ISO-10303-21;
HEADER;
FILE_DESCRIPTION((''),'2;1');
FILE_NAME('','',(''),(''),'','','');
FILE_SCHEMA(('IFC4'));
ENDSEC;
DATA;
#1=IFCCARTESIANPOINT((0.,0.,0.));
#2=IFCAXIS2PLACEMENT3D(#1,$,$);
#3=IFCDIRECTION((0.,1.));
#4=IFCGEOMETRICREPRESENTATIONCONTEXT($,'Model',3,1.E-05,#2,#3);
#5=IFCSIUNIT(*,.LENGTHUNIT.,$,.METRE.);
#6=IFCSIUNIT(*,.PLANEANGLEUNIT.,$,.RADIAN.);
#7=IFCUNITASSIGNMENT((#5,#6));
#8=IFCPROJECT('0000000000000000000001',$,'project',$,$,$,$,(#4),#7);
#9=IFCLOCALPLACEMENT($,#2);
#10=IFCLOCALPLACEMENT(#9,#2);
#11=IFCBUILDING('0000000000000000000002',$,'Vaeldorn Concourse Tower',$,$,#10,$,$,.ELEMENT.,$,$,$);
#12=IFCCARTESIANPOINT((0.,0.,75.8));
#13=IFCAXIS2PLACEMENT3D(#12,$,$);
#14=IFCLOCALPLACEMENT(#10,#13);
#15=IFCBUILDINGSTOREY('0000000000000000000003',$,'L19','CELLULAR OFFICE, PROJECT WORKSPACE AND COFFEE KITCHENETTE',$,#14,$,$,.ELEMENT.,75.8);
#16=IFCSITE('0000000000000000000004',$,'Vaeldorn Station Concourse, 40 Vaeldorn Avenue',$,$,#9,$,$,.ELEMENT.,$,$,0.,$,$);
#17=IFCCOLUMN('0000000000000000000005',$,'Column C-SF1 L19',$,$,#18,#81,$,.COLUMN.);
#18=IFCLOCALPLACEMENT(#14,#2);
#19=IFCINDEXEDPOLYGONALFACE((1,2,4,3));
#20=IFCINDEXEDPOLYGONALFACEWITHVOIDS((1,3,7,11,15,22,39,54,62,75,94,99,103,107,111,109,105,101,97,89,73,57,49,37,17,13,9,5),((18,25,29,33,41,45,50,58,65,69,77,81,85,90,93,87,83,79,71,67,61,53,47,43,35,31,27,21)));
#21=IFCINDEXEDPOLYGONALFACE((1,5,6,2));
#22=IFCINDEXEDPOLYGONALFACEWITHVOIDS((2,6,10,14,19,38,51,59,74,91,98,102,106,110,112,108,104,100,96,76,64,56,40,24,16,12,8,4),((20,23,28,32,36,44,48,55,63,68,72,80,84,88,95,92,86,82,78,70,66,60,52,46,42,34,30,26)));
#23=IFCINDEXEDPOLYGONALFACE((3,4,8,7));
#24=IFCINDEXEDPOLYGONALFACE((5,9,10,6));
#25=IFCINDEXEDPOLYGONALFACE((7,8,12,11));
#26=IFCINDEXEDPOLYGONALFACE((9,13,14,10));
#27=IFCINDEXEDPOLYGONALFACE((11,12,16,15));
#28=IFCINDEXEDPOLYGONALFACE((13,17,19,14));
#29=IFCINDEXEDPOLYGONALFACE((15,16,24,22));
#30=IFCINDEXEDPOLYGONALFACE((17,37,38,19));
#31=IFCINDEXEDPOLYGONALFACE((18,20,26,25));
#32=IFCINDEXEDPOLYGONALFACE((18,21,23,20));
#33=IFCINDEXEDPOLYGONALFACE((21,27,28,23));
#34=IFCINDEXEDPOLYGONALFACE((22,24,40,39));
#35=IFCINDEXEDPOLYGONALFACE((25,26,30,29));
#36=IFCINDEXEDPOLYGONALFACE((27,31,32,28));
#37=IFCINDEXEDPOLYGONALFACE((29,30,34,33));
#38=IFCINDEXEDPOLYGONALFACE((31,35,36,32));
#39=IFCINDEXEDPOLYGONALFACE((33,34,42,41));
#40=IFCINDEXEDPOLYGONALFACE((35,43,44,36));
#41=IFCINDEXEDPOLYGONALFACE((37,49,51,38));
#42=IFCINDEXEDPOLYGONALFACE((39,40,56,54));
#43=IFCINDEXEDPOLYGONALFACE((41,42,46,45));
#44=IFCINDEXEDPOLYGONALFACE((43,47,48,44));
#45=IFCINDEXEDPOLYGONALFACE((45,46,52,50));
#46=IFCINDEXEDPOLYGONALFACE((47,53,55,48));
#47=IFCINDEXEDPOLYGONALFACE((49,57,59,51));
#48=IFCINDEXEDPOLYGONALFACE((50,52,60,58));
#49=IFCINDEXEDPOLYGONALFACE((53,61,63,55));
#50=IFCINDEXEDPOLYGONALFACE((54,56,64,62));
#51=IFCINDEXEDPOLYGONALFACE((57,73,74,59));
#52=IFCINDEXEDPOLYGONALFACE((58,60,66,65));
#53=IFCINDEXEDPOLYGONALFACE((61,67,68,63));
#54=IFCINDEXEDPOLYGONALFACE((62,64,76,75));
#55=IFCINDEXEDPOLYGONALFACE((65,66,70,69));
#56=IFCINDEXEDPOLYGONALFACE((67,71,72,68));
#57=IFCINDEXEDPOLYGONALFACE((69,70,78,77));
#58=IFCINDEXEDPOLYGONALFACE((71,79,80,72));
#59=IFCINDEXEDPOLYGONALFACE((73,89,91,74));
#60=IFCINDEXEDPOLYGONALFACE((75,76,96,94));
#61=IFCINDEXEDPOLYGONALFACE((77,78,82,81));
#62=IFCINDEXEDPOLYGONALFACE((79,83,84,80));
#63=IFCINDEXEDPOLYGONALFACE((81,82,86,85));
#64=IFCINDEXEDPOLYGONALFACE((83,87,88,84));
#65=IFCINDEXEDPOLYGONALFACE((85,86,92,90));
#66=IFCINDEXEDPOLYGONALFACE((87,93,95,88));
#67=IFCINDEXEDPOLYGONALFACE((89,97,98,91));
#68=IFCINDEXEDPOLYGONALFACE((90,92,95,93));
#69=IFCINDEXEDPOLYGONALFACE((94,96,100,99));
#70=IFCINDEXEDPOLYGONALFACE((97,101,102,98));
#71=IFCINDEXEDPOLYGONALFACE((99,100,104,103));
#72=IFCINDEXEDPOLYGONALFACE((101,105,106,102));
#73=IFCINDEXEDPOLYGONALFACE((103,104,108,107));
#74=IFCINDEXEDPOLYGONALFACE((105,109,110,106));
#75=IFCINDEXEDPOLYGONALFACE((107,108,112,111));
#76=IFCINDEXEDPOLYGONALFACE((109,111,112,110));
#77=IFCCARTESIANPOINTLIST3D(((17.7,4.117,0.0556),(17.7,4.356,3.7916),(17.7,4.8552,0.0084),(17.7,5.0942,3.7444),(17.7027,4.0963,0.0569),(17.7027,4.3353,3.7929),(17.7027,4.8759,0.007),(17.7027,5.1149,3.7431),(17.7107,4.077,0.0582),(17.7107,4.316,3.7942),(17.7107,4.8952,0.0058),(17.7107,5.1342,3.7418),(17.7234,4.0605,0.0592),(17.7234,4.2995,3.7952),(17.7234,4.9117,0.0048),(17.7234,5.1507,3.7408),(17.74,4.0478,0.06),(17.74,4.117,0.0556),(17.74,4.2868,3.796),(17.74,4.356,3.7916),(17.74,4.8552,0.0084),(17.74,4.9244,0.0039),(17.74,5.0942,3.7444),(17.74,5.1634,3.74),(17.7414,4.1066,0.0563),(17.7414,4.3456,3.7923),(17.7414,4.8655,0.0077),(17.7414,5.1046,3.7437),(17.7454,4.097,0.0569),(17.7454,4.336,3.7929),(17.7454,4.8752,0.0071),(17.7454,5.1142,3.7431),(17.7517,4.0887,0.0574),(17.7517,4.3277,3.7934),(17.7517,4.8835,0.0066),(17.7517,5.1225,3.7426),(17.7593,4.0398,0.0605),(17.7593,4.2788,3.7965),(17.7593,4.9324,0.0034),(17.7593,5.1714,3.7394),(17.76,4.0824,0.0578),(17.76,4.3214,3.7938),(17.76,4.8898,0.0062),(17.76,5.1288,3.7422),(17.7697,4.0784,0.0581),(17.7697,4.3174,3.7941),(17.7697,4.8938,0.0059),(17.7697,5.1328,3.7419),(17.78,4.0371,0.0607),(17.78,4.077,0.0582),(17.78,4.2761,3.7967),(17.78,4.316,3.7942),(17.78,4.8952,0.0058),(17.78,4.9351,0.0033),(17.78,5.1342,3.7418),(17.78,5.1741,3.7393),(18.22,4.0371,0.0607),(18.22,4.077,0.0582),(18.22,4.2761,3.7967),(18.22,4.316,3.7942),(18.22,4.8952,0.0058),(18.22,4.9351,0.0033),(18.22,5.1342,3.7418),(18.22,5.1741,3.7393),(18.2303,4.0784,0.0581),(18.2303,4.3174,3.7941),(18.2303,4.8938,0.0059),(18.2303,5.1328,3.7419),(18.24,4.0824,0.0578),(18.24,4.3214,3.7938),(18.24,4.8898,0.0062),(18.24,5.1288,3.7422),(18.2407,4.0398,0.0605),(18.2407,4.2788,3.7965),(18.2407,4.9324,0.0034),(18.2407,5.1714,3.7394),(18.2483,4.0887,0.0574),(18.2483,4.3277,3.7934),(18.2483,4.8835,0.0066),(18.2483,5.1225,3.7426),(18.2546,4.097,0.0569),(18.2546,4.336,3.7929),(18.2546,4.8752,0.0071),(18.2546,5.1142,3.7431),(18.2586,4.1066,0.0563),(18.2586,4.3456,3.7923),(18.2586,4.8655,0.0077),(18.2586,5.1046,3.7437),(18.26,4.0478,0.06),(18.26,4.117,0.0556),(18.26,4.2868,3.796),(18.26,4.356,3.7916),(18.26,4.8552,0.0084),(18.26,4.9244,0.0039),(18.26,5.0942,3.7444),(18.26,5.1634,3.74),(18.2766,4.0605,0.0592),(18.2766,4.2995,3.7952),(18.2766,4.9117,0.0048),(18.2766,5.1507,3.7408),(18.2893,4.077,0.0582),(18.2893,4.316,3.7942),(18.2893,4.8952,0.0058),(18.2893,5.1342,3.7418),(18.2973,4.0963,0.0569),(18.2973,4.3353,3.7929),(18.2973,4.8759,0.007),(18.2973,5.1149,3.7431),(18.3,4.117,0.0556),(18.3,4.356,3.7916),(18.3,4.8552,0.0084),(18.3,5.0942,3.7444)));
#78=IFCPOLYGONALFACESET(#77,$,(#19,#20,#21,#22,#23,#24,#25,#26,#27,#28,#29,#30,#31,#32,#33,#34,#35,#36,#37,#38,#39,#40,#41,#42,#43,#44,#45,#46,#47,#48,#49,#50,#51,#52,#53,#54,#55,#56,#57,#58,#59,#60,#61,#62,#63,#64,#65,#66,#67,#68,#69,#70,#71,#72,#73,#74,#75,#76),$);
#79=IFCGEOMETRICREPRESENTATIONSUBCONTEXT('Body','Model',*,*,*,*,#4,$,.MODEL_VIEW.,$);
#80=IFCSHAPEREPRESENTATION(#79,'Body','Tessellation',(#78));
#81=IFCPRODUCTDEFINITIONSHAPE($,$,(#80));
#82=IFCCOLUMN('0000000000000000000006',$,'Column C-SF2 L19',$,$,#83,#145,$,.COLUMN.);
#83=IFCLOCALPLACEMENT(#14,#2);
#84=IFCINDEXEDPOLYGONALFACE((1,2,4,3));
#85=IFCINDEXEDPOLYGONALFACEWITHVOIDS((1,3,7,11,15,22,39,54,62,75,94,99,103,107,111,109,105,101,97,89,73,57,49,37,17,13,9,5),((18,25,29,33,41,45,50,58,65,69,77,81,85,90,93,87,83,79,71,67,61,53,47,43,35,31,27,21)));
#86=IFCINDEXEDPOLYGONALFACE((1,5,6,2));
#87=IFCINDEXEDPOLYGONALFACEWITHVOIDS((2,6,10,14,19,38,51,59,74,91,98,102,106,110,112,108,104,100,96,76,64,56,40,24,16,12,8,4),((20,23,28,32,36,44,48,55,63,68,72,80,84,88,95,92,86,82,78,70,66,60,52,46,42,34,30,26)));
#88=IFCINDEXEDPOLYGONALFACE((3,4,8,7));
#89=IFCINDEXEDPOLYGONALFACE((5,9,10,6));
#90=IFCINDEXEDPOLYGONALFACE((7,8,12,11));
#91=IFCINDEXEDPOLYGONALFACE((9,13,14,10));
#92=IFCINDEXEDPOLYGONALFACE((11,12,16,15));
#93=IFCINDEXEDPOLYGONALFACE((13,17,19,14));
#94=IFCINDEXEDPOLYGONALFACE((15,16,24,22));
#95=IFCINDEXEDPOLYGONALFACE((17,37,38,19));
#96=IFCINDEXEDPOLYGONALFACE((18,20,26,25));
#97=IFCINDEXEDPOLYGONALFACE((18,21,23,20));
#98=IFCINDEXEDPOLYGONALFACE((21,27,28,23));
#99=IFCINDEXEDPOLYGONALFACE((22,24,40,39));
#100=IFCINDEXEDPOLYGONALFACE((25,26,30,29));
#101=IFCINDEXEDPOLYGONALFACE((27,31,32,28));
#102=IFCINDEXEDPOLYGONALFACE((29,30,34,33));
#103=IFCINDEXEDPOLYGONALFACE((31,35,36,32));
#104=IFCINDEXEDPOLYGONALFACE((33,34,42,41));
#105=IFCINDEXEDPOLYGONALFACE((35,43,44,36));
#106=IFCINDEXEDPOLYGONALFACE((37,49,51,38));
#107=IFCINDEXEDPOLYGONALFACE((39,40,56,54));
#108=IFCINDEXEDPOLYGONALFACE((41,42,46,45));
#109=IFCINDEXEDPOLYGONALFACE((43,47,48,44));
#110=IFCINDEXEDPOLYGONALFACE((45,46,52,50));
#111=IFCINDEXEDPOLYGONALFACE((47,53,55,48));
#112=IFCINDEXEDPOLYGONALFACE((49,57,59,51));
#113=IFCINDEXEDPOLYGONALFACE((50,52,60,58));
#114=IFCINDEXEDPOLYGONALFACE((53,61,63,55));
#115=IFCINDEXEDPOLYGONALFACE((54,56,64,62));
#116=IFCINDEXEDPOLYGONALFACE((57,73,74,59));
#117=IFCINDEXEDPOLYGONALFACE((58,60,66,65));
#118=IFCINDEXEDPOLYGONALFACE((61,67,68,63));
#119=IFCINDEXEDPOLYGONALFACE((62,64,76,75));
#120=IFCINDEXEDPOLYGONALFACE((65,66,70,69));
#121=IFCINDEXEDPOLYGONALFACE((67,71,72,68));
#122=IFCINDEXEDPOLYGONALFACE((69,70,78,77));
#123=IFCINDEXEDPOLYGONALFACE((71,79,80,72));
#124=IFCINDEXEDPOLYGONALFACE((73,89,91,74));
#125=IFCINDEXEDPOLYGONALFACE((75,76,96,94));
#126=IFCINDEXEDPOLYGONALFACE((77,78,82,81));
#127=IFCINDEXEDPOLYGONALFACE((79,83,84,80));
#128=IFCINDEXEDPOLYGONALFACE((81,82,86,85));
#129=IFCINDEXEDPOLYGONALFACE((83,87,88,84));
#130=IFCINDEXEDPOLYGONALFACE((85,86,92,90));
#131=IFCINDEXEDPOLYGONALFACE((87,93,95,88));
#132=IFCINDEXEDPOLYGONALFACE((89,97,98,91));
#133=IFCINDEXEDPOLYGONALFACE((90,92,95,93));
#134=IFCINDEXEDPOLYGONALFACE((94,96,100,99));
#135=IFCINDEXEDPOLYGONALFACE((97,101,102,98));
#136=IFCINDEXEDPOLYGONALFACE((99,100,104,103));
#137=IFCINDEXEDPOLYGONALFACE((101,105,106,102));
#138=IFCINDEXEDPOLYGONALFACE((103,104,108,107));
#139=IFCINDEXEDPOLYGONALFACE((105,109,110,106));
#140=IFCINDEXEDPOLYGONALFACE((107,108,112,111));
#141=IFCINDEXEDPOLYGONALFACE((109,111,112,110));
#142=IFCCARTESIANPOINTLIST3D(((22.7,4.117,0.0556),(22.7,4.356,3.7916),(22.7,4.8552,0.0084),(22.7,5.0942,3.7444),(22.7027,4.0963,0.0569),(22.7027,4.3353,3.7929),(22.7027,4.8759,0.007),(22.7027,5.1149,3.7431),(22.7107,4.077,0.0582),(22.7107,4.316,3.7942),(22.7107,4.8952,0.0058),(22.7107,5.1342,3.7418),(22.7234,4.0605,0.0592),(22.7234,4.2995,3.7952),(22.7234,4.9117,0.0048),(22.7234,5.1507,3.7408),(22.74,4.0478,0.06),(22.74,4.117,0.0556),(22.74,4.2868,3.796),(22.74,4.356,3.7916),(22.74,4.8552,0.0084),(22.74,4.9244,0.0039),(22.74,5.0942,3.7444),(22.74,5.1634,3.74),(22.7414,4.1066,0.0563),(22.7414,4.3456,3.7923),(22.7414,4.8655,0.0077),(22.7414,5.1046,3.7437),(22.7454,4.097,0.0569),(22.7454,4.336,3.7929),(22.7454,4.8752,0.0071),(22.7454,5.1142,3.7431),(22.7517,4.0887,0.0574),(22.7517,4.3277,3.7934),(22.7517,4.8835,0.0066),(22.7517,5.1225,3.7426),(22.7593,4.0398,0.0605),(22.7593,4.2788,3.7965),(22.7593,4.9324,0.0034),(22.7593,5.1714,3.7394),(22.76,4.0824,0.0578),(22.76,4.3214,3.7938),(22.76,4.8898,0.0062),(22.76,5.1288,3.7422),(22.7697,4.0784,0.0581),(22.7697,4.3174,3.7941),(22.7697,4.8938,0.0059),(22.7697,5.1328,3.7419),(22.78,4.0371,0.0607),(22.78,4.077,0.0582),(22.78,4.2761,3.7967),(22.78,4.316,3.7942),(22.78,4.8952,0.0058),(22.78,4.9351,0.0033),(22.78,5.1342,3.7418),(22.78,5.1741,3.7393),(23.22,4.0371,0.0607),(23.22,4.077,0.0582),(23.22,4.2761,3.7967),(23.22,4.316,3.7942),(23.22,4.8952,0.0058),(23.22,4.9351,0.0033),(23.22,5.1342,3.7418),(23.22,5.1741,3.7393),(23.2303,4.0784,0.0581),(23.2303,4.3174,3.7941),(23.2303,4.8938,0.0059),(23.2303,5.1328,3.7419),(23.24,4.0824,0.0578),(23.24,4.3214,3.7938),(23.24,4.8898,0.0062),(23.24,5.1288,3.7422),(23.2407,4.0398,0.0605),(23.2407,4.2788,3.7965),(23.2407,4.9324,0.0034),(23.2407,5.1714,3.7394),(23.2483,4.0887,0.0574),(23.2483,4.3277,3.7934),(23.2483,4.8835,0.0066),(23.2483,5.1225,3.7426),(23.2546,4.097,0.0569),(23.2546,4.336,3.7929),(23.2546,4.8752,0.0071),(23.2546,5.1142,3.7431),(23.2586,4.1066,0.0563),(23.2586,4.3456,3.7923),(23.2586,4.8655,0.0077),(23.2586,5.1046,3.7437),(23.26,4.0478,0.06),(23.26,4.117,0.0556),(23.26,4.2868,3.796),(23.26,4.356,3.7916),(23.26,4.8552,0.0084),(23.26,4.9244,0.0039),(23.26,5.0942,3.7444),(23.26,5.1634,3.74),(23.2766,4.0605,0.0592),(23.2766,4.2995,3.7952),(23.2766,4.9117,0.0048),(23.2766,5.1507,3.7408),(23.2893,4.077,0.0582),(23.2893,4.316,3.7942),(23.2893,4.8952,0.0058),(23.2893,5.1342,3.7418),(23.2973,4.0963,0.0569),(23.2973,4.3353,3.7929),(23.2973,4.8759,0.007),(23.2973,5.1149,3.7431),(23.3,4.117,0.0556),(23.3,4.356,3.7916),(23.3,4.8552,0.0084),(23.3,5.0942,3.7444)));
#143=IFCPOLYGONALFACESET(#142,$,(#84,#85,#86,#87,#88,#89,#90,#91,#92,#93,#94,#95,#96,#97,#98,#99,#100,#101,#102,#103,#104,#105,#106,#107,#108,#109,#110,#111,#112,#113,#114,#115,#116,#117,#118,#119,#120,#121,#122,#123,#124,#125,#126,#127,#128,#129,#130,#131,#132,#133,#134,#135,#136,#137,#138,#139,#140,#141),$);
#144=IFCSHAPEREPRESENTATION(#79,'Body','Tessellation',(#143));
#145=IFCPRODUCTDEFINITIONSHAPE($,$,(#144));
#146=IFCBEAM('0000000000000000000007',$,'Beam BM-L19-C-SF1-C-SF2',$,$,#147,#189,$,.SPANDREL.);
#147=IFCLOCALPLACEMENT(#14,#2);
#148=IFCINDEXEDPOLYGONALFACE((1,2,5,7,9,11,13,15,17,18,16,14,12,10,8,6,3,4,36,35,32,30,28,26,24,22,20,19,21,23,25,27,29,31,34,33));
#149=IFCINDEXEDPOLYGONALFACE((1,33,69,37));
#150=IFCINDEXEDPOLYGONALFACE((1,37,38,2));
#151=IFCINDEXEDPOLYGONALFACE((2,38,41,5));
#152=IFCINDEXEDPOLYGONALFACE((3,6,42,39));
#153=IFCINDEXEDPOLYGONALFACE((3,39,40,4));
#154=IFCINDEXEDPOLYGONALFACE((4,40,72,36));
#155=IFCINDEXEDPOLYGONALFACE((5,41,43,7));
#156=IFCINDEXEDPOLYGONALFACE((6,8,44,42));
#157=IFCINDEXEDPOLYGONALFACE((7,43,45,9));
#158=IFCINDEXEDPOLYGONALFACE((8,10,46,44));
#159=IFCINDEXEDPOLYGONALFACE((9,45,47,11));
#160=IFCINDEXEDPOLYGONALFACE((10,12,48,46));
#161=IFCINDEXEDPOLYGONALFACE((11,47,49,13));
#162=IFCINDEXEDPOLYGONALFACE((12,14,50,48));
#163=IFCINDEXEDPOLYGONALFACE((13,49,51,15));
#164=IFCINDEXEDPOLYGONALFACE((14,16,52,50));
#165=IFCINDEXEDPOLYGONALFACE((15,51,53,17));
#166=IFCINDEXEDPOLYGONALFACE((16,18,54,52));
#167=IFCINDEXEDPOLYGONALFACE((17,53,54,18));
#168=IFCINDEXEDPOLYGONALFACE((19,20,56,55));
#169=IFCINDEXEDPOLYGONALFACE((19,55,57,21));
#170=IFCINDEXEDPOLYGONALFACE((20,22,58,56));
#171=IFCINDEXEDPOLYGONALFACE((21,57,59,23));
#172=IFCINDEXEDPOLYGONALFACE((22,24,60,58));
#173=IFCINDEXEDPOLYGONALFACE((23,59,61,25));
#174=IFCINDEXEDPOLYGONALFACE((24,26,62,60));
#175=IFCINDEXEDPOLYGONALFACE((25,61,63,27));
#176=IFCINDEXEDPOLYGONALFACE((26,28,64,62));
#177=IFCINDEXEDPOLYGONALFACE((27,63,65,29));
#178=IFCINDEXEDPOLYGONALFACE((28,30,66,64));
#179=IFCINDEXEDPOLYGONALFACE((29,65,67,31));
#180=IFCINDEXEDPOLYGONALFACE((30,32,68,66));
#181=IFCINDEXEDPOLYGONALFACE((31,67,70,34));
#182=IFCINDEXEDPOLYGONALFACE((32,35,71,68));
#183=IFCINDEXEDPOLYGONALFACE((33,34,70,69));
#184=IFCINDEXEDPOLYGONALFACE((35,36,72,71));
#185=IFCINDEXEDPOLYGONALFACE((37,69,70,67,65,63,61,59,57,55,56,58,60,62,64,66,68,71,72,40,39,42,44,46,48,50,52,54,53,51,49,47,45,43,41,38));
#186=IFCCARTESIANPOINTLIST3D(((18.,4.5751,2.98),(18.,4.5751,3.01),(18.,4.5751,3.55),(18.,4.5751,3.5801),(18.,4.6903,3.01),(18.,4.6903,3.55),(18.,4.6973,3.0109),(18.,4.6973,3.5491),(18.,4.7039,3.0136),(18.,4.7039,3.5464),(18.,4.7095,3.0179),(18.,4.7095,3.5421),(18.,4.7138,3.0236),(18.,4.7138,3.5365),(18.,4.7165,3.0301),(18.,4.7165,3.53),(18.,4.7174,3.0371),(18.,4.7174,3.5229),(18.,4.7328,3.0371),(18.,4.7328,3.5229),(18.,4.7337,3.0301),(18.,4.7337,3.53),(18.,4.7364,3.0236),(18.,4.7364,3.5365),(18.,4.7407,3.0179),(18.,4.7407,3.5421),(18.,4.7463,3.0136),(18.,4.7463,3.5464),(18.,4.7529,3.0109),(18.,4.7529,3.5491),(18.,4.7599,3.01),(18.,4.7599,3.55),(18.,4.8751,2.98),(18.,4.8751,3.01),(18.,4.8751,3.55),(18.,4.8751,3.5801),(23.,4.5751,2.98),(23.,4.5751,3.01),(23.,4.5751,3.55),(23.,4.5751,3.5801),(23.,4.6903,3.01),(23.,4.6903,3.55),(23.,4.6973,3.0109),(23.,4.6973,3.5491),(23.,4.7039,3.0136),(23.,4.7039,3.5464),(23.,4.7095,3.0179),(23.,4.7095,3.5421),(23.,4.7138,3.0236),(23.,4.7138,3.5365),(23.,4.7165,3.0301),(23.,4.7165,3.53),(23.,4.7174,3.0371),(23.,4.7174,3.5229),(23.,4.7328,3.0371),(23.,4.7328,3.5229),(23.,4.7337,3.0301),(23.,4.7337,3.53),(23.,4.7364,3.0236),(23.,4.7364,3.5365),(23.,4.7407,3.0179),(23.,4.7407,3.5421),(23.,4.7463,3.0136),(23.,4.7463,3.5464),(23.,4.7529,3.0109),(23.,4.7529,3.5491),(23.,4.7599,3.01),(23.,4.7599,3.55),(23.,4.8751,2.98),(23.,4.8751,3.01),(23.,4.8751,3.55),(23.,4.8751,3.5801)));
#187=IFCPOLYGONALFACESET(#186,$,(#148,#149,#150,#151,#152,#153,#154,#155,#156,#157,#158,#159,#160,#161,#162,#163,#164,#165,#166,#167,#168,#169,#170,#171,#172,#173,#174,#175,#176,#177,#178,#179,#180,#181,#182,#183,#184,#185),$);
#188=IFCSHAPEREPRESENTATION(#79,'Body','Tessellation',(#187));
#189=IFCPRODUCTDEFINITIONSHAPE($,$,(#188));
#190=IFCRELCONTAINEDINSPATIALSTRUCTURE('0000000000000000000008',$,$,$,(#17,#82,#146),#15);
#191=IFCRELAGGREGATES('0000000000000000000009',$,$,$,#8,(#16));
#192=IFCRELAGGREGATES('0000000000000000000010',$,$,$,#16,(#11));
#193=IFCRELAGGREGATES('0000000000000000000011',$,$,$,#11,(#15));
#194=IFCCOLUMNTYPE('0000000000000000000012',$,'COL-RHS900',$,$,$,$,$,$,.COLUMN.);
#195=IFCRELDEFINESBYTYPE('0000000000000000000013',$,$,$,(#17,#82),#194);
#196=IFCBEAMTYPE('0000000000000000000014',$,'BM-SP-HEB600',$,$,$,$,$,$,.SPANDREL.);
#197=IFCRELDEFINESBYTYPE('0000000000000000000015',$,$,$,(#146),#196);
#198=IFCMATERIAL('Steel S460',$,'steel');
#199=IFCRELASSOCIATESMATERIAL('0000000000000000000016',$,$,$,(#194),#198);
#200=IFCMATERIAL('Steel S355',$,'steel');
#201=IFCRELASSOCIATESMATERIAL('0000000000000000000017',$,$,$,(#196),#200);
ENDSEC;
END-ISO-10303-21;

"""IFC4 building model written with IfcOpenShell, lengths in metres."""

from ifc_helpers import new_model, si_unit, direction, frame, origin, origin_2d, place, context, subcontext, project, spatial, hollow_rectangle, i_section, extrude, source, transform, mapped, material, material_profile, profile_set, type_object, element, save


model = new_model("IFC4")

# Units and contexts
model_context = context("Model", 3, precision=1e-05, world=origin(), true_north=direction((0.0, 1.0)))
body_context = subcontext(model_context, "Body", "Model", "MODEL_VIEW")
ifc_project = project(units=[si_unit("LENGTHUNIT", "METRE"), si_unit("PLANEANGLEUNIT", "RADIAN")], contexts=[model_context])

# Site, building, storey
site_placement = place(None, origin())
site = spatial("IfcSite", under=ifc_project, at=site_placement, Name="Vaeldorn Station Concourse, 40 Vaeldorn Avenue", CompositionType="ELEMENT", RefElevation=0.0)
building_placement = place(site_placement, origin())
building = spatial("IfcBuilding", under=site, at=building_placement, Name="Vaeldorn Concourse Tower", CompositionType="ELEMENT")
storey_placement = place(building_placement, frame((0.0, 0.0, 75.8)))
storey = spatial("IfcBuildingStorey", under=building, at=storey_placement, Name="L19", Description="CELLULAR OFFICE, PROJECT WORKSPACE AND COFFEE KITCHENETTE", CompositionType="ELEMENT", Elevation=75.8)

# Columns
ifc_material_1 = material(Name="Steel S460", Category="steel")
ifc_material_profile_1 = material_profile(ifc_material_1, hollow_rectangle(XDim=0.6001, YDim=0.8999, WallThickness=0.04, InnerFilletRadius=0.04, OuterFilletRadius=0.0801, at=origin_2d()), Name="RHS 900x600x40")
ifc_profile_set_1 = profile_set([ifc_material_profile_1], Name="Steel S460")
column_type = type_object("IfcColumnType", Name="COL-RHS900", PredefinedType="COLUMN", material=ifc_profile_set_1)
shared_shape_1 = source(origin(), body_context, "Body", "SweptSolid", [
    extrude(hollow_rectangle(XDim=0.6001, YDim=0.8999, WallThickness=0.04, InnerFilletRadius=0.04, OuterFilletRadius=0.0801, at=origin_2d()), origin(), (0.0, 0.0, 1.0), 3.7437),
])
for number, where, z_axis, x_axis, name in (
    (1, (18.0, 4.4861, 0.032), (0.0, 0.063844, 0.99796), (-1.0, 0.0, 0.0), "Column C-SF1 L19"),
    (2, (23.0, 4.4861, 0.032), (0.0, 0.063844, 0.99796), (-1.0, 0.0, 0.0), "Column C-SF2 L19"),
):
    element("IfcColumn", number, at=place(storey_placement, frame(where, z_axis=z_axis, x_axis=x_axis)), inside=storey, type_object=column_type, Name=name, PredefinedType="COLUMN", context=body_context, shape_type="MappedRepresentation", body=[
        mapped(shared_shape_1, transform((0.0, 0.0, 0.0), scale=1.0)),
    ])

# Beam
ifc_material_2 = material(Name="Steel S355", Category="steel")
ifc_material_profile_2 = material_profile(ifc_material_2, i_section(OverallWidth=0.3, OverallDepth=0.6001, WebThickness=0.0154, FlangeThickness=0.03, FilletRadius=0.0271, at=origin_2d()), Name="HEB 600")
ifc_profile_set_2 = profile_set([ifc_material_profile_2], Name="Steel S355")
beam_type_1 = type_object("IfcBeamType", Name="BM-SP-HEB600", PredefinedType="SPANDREL", material=ifc_profile_set_2)
shared_shape_2 = source(origin(), body_context, "Body", "SweptSolid", [
    extrude(i_section(OverallWidth=0.3, OverallDepth=0.6001, WebThickness=0.0154, FlangeThickness=0.03, FilletRadius=0.0271, at=origin_2d()), origin(), (0.0, 0.0, 1.0), 5.0),
])
beam_1_placement = place(storey_placement, frame((18.0, 4.7251, 3.28), z_axis=(1.0, 0.0, 0.0), x_axis=(0.0, 1.0, 0.0)))
element("IfcBeam", 3, at=beam_1_placement, inside=storey, type_object=beam_type_1, Name="Beam BM-L19-C-SF1-C-SF2", PredefinedType="SPANDREL", context=body_context, shape_type="MappedRepresentation", body=[
    mapped(shared_shape_2, transform((0.0, 0.0, 0.0), scale=1.0)),
])

save(model, "model.ifc")
